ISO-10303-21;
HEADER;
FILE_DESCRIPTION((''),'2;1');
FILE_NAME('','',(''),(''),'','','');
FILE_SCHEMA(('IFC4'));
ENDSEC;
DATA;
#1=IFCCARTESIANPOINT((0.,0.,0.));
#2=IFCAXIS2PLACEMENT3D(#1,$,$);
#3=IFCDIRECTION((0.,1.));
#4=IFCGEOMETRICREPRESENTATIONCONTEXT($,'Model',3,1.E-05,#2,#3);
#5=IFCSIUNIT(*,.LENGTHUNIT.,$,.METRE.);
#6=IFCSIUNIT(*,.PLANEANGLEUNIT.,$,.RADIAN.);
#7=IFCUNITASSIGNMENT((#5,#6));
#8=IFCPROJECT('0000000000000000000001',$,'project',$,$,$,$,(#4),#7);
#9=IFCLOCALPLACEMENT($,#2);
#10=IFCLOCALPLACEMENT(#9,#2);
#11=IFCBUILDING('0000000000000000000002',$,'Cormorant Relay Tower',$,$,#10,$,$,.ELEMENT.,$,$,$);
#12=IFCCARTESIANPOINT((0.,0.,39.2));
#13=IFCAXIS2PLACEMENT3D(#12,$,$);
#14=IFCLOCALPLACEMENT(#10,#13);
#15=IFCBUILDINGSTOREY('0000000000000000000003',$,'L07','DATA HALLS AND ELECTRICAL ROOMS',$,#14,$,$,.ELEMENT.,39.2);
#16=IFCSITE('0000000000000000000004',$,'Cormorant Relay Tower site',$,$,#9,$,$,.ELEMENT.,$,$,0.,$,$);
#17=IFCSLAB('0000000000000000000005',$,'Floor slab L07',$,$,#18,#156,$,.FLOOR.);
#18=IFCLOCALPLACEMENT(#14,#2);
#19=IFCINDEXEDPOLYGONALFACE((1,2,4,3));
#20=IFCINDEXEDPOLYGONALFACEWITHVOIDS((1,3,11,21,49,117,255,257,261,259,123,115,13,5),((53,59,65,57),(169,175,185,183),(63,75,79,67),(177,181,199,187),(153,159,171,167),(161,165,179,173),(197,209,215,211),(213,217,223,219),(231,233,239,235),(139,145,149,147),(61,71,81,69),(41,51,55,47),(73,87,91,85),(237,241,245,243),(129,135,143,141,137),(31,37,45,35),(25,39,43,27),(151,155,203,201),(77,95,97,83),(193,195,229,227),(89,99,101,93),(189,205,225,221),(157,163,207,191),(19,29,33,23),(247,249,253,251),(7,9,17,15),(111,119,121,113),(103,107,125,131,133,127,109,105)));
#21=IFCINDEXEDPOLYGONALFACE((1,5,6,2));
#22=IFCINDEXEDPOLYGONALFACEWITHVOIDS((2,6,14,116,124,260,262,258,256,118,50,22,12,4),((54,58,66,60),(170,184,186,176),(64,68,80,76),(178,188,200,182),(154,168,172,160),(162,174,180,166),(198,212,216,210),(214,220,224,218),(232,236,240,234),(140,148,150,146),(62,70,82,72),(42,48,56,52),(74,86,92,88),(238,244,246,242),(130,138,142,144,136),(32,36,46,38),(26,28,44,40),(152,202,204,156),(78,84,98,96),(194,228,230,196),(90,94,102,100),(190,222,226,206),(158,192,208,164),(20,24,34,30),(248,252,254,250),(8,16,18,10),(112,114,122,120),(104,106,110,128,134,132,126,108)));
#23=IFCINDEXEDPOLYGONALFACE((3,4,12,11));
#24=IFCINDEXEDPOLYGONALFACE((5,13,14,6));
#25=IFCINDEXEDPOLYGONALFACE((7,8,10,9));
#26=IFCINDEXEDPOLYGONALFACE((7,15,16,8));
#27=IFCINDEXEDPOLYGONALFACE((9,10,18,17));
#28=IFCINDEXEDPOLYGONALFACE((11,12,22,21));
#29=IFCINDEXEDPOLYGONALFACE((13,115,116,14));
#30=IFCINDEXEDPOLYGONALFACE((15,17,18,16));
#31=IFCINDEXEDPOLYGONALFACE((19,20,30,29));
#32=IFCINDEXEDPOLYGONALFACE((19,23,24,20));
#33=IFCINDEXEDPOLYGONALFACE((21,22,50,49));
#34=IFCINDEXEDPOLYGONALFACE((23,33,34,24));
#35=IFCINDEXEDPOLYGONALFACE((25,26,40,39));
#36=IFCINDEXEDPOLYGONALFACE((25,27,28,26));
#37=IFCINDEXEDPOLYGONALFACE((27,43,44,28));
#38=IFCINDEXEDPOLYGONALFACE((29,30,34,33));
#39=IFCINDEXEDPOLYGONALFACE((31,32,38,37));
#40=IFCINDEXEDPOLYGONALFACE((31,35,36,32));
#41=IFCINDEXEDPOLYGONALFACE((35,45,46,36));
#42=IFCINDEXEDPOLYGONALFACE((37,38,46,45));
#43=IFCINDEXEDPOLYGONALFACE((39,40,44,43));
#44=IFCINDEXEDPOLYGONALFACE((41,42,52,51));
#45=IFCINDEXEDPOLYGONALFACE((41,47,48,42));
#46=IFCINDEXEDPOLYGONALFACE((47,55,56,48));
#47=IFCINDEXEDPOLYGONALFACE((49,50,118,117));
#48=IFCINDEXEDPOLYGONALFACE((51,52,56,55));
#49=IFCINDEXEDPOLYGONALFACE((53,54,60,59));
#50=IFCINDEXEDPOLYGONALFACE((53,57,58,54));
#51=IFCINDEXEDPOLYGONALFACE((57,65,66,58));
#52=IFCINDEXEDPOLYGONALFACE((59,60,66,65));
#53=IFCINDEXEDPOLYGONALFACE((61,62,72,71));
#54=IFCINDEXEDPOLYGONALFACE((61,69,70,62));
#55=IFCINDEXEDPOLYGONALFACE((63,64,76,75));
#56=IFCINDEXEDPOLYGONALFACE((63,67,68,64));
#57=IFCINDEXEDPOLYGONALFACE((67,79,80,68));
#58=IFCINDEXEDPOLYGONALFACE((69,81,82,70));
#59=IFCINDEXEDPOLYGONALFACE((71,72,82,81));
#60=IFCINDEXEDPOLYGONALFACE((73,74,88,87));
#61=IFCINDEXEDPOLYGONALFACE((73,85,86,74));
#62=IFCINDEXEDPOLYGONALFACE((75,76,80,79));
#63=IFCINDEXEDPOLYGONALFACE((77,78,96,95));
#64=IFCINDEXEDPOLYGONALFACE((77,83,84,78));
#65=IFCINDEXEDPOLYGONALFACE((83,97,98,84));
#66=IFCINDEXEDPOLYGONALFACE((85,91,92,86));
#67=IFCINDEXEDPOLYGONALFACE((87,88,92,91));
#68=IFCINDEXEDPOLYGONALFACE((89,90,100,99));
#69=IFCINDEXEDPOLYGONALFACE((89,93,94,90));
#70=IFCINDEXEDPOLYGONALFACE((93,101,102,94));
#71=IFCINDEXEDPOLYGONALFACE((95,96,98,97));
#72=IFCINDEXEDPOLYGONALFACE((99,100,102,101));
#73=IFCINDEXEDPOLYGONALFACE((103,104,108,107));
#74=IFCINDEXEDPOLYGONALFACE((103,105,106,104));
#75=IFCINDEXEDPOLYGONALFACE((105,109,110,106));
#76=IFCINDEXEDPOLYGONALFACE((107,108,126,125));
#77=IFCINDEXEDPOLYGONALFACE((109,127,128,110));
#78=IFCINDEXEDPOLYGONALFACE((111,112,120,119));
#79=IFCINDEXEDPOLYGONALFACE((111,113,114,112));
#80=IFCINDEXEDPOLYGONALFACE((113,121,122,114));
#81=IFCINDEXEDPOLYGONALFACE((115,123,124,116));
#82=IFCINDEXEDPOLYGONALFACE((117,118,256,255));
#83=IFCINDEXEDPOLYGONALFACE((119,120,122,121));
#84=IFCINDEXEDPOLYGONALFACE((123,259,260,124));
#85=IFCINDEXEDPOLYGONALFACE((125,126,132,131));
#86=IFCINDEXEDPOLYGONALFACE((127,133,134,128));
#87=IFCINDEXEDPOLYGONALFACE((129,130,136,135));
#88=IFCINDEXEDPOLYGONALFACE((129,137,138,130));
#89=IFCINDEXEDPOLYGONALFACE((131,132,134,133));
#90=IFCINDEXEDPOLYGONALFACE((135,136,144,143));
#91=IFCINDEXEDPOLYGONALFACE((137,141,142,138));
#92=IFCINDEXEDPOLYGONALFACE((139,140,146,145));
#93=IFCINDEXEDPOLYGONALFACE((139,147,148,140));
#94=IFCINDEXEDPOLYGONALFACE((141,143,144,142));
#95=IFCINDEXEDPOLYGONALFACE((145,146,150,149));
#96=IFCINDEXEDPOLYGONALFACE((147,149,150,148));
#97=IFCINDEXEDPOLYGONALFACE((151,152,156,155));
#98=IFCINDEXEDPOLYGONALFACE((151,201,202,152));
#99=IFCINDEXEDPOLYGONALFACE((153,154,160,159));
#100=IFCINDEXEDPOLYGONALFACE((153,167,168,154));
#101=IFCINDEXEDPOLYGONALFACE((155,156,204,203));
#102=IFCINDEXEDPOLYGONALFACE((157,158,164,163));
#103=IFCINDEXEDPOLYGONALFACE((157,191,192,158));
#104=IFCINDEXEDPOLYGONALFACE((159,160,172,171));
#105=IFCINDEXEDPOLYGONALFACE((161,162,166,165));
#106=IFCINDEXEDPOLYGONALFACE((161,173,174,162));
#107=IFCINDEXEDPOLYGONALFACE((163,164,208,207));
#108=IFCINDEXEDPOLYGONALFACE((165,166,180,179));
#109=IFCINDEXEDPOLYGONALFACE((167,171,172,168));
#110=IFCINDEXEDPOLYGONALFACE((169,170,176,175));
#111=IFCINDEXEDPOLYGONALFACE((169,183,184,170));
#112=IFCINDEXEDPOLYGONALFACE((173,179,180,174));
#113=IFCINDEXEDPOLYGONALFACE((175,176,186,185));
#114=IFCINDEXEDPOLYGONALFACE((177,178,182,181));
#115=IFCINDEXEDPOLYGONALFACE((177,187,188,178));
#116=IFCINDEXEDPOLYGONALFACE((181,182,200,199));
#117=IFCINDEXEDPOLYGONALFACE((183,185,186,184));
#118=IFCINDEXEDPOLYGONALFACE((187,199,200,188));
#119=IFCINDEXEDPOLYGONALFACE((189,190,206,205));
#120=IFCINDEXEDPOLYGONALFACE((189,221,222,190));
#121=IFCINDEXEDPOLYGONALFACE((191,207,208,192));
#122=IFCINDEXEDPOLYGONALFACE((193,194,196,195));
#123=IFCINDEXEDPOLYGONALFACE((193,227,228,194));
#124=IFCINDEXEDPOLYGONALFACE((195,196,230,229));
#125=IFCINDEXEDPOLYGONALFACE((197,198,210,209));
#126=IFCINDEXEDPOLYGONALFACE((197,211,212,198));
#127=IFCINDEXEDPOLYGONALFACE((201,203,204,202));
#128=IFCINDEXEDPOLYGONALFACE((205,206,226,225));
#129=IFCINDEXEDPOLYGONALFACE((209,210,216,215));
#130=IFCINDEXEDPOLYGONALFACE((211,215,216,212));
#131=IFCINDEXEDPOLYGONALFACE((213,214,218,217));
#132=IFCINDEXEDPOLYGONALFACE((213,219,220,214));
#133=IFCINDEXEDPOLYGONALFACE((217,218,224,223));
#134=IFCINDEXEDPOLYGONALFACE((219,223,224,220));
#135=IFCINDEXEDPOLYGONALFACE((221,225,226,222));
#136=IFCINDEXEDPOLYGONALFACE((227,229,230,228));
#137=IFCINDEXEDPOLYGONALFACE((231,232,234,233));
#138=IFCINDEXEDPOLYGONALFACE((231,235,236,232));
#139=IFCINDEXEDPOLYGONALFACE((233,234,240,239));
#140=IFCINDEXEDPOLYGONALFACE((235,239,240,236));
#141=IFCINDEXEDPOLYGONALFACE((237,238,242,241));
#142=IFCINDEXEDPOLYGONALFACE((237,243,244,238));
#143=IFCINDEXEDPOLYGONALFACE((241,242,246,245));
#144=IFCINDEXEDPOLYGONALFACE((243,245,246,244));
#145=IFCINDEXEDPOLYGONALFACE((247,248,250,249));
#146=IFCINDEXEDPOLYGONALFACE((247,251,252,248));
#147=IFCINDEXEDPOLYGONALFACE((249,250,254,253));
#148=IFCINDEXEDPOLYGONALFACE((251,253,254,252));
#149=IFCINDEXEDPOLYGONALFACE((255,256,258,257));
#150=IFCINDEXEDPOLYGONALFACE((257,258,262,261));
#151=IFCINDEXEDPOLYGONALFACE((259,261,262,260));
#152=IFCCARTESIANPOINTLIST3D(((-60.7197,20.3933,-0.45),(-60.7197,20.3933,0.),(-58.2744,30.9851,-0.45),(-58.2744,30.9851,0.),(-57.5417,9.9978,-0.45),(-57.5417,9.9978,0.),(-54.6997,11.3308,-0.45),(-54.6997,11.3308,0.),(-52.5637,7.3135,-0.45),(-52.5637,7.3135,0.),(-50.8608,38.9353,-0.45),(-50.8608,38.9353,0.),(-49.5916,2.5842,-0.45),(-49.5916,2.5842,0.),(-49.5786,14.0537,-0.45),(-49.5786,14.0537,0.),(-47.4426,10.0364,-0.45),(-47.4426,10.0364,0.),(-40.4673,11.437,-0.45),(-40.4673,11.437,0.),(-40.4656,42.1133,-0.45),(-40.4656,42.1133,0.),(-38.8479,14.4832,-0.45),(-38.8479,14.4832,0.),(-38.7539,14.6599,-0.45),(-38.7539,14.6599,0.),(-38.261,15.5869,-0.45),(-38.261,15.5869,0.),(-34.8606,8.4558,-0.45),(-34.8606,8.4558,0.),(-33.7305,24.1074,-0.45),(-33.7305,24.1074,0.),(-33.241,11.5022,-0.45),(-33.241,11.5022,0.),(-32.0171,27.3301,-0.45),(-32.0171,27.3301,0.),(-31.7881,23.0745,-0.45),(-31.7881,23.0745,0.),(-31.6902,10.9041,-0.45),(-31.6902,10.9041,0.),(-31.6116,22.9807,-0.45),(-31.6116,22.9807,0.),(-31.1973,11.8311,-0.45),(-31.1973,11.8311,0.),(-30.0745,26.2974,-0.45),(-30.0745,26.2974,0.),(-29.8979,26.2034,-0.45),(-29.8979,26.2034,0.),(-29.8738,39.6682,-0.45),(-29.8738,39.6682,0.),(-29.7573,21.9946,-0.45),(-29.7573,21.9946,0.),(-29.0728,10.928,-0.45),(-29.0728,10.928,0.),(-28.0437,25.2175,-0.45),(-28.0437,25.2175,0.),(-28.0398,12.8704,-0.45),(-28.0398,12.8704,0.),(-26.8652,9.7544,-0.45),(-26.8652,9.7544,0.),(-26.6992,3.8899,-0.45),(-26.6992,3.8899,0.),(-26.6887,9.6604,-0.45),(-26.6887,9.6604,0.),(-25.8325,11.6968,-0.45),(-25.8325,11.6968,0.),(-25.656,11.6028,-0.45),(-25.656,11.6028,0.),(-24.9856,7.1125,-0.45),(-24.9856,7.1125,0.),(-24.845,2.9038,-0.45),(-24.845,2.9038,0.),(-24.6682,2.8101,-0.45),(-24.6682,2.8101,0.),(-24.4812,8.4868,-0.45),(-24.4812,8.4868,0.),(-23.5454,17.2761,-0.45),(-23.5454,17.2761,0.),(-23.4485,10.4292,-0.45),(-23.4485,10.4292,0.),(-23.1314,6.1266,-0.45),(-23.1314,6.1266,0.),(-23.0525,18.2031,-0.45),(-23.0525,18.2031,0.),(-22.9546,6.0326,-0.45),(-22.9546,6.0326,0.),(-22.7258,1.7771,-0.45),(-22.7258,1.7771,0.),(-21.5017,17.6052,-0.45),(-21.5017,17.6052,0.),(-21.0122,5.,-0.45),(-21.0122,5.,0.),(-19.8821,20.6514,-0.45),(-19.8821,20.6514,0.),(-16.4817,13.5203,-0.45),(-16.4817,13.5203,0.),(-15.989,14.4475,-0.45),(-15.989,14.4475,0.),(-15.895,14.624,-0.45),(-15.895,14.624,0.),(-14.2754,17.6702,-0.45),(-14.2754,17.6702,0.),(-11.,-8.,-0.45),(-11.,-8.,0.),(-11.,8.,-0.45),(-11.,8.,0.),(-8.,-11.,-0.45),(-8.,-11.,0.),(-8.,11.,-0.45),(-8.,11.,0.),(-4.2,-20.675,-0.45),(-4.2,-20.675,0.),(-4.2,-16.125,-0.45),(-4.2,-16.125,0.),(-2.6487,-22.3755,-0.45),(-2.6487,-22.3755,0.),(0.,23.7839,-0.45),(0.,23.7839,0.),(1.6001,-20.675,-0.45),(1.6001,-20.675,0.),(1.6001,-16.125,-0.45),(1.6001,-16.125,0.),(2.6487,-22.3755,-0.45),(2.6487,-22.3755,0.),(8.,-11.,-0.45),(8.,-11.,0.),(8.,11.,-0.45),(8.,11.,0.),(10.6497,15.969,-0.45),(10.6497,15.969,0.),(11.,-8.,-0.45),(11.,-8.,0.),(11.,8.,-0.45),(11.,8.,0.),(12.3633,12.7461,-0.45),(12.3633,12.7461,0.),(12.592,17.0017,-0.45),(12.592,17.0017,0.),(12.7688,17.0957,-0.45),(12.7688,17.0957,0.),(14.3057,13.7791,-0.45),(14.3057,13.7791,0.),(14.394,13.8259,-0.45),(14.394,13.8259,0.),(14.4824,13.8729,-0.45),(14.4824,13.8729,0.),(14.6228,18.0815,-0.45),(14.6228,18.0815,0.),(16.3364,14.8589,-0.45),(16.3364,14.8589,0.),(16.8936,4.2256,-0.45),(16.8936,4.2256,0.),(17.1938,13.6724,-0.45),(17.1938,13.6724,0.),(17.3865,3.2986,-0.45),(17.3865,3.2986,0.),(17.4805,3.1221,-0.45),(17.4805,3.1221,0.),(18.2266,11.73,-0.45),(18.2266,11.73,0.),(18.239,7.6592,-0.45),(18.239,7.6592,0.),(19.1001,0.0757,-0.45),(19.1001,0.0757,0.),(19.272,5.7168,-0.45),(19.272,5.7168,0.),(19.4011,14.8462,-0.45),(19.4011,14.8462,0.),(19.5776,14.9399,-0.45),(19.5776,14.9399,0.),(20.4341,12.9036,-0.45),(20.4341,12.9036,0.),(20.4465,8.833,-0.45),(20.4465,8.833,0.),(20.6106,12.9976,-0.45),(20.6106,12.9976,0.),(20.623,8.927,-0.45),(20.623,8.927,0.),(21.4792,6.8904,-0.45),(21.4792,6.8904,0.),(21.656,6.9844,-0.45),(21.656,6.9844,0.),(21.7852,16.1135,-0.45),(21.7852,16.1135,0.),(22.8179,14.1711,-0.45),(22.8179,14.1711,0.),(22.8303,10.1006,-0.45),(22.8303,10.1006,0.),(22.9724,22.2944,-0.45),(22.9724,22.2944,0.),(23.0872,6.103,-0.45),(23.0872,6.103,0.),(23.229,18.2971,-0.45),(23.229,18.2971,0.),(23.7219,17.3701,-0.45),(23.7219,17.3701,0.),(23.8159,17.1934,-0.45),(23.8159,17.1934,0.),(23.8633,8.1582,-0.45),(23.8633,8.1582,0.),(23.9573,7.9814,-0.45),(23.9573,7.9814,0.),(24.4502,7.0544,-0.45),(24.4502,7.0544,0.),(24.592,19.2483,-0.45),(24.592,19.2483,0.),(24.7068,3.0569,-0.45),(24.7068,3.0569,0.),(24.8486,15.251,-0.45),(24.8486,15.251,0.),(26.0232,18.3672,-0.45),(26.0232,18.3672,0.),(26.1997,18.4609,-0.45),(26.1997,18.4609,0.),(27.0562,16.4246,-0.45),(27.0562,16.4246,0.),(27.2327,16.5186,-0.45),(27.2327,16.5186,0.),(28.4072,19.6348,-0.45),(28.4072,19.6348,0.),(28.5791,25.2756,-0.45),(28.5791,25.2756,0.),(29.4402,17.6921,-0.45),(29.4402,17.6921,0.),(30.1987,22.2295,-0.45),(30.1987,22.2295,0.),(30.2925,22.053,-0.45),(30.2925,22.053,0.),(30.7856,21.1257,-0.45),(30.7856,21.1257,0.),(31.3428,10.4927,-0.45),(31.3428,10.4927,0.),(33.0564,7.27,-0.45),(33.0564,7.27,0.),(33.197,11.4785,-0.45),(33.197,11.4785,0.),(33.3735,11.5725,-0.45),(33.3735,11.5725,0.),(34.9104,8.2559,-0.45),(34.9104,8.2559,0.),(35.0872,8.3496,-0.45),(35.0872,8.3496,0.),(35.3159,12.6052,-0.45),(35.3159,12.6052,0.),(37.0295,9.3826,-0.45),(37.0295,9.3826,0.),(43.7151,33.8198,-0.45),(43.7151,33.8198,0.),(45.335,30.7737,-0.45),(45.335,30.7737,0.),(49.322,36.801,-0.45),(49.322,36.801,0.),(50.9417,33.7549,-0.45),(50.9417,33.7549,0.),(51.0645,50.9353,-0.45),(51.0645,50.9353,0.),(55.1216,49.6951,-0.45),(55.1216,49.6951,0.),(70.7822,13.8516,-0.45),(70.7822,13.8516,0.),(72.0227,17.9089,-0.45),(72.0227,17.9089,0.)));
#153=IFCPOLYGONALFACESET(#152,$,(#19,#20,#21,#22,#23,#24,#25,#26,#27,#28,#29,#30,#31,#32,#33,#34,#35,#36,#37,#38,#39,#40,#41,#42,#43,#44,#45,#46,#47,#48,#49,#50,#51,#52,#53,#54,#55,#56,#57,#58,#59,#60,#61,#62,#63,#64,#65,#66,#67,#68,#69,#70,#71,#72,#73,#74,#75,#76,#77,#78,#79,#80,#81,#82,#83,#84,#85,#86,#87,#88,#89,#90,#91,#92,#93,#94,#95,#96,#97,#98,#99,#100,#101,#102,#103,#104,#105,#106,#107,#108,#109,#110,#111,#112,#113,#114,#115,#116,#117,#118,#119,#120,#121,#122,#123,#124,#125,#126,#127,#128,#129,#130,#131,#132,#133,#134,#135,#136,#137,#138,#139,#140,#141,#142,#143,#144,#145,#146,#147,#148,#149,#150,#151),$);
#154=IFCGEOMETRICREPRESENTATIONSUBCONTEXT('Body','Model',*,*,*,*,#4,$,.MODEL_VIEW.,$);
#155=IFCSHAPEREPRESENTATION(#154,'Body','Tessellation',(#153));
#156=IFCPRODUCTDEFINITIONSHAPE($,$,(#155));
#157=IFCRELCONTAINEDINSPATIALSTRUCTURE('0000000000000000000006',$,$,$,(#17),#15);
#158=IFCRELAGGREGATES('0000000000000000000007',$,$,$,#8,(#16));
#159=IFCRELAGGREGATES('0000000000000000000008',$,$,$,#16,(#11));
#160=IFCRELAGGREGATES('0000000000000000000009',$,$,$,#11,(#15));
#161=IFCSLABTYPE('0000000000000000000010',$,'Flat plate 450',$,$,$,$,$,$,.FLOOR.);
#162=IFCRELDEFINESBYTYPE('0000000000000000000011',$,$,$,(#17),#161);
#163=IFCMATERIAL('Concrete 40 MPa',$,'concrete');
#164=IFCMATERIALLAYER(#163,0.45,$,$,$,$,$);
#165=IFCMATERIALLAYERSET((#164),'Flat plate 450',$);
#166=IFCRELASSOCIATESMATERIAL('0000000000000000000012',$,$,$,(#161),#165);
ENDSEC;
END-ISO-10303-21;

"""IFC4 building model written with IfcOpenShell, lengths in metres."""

from ifc_helpers import new_model, si_unit, direction, frame, origin, place, context, subcontext, project, spatial, polyline, outline, extrude, material, layer, layer_set, type_object, element, save


model = new_model("IFC4")

# Units and contexts
model_context = context("Model", 3, precision=1e-05, world=origin(), true_north=direction((0.0, 1.0)))
body_context = subcontext(model_context, "Body", "Model", "MODEL_VIEW")
ifc_project = project(units=[si_unit("LENGTHUNIT", "METRE"), si_unit("PLANEANGLEUNIT", "RADIAN")], contexts=[model_context])

# Site, building, storey
site_placement = place(None, origin())
site = spatial("IfcSite", under=ifc_project, at=site_placement, Name="Cormorant Relay Tower site", CompositionType="ELEMENT", RefElevation=0.0)
building_placement = place(site_placement, origin())
building = spatial("IfcBuilding", under=site, at=building_placement, Name="Cormorant Relay Tower", CompositionType="ELEMENT")
storey_placement = place(building_placement, frame((0.0, 0.0, 39.2)))
storey = spatial("IfcBuildingStorey", under=building, at=storey_placement, Name="L07", Description="DATA HALLS AND ELECTRICAL ROOMS", CompositionType="ELEMENT", Elevation=39.2)

# Slab
ifc_material_1 = material(Name="Concrete 40 MPa", Category="concrete")
ifc_layer_1 = layer(ifc_material_1, 0.45)
ifc_layer_set_1 = layer_set([ifc_layer_1], Name="Flat plate 450")
slab_type = type_object("IfcSlabType", Name="Flat plate 450", PredefinedType="FLOOR", material=ifc_layer_set_1)
slab_placement = place(storey_placement, frame((0.0, 0.0, -0.45)))
element("IfcSlab", 1, at=slab_placement, inside=storey, type_object=slab_type, Name="Floor slab L07", PredefinedType="FLOOR", context=body_context, shape_type="SweptSolid", body=[
    extrude(outline(polyline([(-60.7197, 20.3933), (-58.2744, 30.9851), (-50.8608, 38.9353), (-40.4656, 42.1133), (-29.8738, 39.6682), (0.0, 23.7839), (51.0645, 50.9353), (55.1216, 49.6951), (72.0227, 17.9089), (70.7822, 13.8516), (2.6487, -22.3755), (-2.6487, -22.3755), (-49.5916, 2.5842), (-57.5417, 9.9978), (-60.7197, 20.3933)]), holes=[polyline([(11.0, -8.0), (11.0, 8.0), (8.0, 11.0), (-8.0, 11.0), (-11.0, 8.0), (-11.0, -8.0), (-8.0, -11.0), (8.0, -11.0), (11.0, -8.0)]), polyline([(-4.2, -16.125), (-4.2, -20.675), (1.6001, -20.675), (1.6001, -16.125), (-4.2, -16.125)]), polyline([(-22.9546, 6.0327), (-24.6682, 2.8101), (-22.7258, 1.7771), (-21.0122, 5.0), (-23.043, 6.0796), (-22.9546, 6.0327)]), polyline([(-24.9856, 7.1125), (-26.6992, 3.8899), (-24.845, 2.9038), (-23.1313, 6.1267), (-23.043, 6.0796), (-24.9856, 7.1125)]), polyline([(-26.6887, 9.6604), (-24.4812, 8.4868), (-23.4485, 10.4292), (-25.656, 11.6028), (-26.6887, 9.6604)]), polyline([(-49.5786, 14.0537), (-54.6997, 11.3308), (-52.5637, 7.3135), (-47.4426, 10.0364), (-49.5786, 14.0537)]), polyline([(-28.0398, 12.8704), (-29.0728, 10.928), (-26.8652, 9.7544), (-25.8325, 11.6968), (-28.0398, 12.8704)]), polyline([(-38.8479, 14.4832), (-40.4673, 11.437), (-34.8606, 8.4558), (-33.241, 11.5022), (-38.8479, 14.4832)]), polyline([(-38.261, 15.5869), (-38.7539, 14.6599), (-31.6902, 10.9041), (-31.1973, 11.8311), (-38.261, 15.5869)]), polyline([(14.3057, 13.7791), (12.592, 17.0017), (10.6497, 15.969), (12.3633, 12.7461), (14.394, 13.8259), (14.3057, 13.7791)]), polyline([(16.3364, 14.8589), (14.6228, 18.0815), (12.7688, 17.0957), (14.4824, 13.8728), (14.394, 13.8259), (16.3364, 14.8589)]), polyline([(-16.4817, 13.5203), (-15.989, 14.4475), (-23.0525, 18.2031), (-23.5454, 17.2761), (-16.4817, 13.5203)]), polyline([(-21.5017, 17.6052), (-15.895, 14.624), (-14.2754, 17.6702), (-19.8821, 20.6514), (-21.5017, 17.6052)]), polyline([(-31.6116, 22.9807), (-29.7573, 21.9946), (-28.0437, 25.2175), (-29.8979, 26.2034), (-31.6116, 22.9807)]), polyline([(-33.7305, 24.1074), (-31.7881, 23.0745), (-30.0745, 26.2974), (-32.0171, 27.3301), (-33.7305, 24.1074)]), polyline([(23.0872, 6.103), (17.4805, 3.1221), (19.1001, 0.0757), (24.7068, 3.0569), (23.0872, 6.103)]), polyline([(16.8936, 4.2256), (17.3865, 3.2986), (24.4502, 7.0544), (23.9573, 7.9814), (16.8936, 4.2256)]), polyline([(20.4465, 8.833), (18.239, 7.6592), (19.272, 5.7168), (21.4792, 6.8904), (20.4465, 8.833)]), polyline([(22.8303, 10.1006), (20.623, 8.927), (21.656, 6.9844), (23.8633, 8.1582), (22.8303, 10.1006)]), polyline([(33.197, 11.4785), (31.3428, 10.4927), (33.0564, 7.27), (34.9104, 8.2559), (33.197, 11.4785)]), polyline([(33.3735, 11.5725), (35.0872, 8.3496), (37.0295, 9.3826), (35.3159, 12.6052), (33.3735, 11.5725)]), polyline([(19.4011, 14.8462), (17.1938, 13.6724), (18.2266, 11.73), (20.4341, 12.9036), (19.4011, 14.8462)]), polyline([(22.8179, 14.1711), (21.7852, 16.1135), (19.5776, 14.9399), (20.6106, 12.9976), (22.8179, 14.1711)]), polyline([(26.0232, 18.3672), (23.8159, 17.1934), (24.8486, 15.251), (27.0562, 16.4246), (26.0232, 18.3672)]), polyline([(29.4402, 17.6921), (28.4072, 19.6348), (26.1997, 18.4609), (27.2327, 16.5186), (29.4402, 17.6921)]), polyline([(30.7856, 21.1257), (30.2925, 22.053), (23.229, 18.2971), (23.7219, 17.3701), (30.7856, 21.1257)]), polyline([(24.592, 19.2483), (30.1987, 22.2295), (28.5791, 25.2756), (22.9724, 22.2944), (24.592, 19.2483)]), polyline([(45.335, 30.7737), (50.9417, 33.7549), (49.322, 36.801), (43.7151, 33.8198), (45.335, 30.7737)])]), origin(), (0.0, 0.0, 1.0), 0.45),
])

save(model, "model.ifc")
